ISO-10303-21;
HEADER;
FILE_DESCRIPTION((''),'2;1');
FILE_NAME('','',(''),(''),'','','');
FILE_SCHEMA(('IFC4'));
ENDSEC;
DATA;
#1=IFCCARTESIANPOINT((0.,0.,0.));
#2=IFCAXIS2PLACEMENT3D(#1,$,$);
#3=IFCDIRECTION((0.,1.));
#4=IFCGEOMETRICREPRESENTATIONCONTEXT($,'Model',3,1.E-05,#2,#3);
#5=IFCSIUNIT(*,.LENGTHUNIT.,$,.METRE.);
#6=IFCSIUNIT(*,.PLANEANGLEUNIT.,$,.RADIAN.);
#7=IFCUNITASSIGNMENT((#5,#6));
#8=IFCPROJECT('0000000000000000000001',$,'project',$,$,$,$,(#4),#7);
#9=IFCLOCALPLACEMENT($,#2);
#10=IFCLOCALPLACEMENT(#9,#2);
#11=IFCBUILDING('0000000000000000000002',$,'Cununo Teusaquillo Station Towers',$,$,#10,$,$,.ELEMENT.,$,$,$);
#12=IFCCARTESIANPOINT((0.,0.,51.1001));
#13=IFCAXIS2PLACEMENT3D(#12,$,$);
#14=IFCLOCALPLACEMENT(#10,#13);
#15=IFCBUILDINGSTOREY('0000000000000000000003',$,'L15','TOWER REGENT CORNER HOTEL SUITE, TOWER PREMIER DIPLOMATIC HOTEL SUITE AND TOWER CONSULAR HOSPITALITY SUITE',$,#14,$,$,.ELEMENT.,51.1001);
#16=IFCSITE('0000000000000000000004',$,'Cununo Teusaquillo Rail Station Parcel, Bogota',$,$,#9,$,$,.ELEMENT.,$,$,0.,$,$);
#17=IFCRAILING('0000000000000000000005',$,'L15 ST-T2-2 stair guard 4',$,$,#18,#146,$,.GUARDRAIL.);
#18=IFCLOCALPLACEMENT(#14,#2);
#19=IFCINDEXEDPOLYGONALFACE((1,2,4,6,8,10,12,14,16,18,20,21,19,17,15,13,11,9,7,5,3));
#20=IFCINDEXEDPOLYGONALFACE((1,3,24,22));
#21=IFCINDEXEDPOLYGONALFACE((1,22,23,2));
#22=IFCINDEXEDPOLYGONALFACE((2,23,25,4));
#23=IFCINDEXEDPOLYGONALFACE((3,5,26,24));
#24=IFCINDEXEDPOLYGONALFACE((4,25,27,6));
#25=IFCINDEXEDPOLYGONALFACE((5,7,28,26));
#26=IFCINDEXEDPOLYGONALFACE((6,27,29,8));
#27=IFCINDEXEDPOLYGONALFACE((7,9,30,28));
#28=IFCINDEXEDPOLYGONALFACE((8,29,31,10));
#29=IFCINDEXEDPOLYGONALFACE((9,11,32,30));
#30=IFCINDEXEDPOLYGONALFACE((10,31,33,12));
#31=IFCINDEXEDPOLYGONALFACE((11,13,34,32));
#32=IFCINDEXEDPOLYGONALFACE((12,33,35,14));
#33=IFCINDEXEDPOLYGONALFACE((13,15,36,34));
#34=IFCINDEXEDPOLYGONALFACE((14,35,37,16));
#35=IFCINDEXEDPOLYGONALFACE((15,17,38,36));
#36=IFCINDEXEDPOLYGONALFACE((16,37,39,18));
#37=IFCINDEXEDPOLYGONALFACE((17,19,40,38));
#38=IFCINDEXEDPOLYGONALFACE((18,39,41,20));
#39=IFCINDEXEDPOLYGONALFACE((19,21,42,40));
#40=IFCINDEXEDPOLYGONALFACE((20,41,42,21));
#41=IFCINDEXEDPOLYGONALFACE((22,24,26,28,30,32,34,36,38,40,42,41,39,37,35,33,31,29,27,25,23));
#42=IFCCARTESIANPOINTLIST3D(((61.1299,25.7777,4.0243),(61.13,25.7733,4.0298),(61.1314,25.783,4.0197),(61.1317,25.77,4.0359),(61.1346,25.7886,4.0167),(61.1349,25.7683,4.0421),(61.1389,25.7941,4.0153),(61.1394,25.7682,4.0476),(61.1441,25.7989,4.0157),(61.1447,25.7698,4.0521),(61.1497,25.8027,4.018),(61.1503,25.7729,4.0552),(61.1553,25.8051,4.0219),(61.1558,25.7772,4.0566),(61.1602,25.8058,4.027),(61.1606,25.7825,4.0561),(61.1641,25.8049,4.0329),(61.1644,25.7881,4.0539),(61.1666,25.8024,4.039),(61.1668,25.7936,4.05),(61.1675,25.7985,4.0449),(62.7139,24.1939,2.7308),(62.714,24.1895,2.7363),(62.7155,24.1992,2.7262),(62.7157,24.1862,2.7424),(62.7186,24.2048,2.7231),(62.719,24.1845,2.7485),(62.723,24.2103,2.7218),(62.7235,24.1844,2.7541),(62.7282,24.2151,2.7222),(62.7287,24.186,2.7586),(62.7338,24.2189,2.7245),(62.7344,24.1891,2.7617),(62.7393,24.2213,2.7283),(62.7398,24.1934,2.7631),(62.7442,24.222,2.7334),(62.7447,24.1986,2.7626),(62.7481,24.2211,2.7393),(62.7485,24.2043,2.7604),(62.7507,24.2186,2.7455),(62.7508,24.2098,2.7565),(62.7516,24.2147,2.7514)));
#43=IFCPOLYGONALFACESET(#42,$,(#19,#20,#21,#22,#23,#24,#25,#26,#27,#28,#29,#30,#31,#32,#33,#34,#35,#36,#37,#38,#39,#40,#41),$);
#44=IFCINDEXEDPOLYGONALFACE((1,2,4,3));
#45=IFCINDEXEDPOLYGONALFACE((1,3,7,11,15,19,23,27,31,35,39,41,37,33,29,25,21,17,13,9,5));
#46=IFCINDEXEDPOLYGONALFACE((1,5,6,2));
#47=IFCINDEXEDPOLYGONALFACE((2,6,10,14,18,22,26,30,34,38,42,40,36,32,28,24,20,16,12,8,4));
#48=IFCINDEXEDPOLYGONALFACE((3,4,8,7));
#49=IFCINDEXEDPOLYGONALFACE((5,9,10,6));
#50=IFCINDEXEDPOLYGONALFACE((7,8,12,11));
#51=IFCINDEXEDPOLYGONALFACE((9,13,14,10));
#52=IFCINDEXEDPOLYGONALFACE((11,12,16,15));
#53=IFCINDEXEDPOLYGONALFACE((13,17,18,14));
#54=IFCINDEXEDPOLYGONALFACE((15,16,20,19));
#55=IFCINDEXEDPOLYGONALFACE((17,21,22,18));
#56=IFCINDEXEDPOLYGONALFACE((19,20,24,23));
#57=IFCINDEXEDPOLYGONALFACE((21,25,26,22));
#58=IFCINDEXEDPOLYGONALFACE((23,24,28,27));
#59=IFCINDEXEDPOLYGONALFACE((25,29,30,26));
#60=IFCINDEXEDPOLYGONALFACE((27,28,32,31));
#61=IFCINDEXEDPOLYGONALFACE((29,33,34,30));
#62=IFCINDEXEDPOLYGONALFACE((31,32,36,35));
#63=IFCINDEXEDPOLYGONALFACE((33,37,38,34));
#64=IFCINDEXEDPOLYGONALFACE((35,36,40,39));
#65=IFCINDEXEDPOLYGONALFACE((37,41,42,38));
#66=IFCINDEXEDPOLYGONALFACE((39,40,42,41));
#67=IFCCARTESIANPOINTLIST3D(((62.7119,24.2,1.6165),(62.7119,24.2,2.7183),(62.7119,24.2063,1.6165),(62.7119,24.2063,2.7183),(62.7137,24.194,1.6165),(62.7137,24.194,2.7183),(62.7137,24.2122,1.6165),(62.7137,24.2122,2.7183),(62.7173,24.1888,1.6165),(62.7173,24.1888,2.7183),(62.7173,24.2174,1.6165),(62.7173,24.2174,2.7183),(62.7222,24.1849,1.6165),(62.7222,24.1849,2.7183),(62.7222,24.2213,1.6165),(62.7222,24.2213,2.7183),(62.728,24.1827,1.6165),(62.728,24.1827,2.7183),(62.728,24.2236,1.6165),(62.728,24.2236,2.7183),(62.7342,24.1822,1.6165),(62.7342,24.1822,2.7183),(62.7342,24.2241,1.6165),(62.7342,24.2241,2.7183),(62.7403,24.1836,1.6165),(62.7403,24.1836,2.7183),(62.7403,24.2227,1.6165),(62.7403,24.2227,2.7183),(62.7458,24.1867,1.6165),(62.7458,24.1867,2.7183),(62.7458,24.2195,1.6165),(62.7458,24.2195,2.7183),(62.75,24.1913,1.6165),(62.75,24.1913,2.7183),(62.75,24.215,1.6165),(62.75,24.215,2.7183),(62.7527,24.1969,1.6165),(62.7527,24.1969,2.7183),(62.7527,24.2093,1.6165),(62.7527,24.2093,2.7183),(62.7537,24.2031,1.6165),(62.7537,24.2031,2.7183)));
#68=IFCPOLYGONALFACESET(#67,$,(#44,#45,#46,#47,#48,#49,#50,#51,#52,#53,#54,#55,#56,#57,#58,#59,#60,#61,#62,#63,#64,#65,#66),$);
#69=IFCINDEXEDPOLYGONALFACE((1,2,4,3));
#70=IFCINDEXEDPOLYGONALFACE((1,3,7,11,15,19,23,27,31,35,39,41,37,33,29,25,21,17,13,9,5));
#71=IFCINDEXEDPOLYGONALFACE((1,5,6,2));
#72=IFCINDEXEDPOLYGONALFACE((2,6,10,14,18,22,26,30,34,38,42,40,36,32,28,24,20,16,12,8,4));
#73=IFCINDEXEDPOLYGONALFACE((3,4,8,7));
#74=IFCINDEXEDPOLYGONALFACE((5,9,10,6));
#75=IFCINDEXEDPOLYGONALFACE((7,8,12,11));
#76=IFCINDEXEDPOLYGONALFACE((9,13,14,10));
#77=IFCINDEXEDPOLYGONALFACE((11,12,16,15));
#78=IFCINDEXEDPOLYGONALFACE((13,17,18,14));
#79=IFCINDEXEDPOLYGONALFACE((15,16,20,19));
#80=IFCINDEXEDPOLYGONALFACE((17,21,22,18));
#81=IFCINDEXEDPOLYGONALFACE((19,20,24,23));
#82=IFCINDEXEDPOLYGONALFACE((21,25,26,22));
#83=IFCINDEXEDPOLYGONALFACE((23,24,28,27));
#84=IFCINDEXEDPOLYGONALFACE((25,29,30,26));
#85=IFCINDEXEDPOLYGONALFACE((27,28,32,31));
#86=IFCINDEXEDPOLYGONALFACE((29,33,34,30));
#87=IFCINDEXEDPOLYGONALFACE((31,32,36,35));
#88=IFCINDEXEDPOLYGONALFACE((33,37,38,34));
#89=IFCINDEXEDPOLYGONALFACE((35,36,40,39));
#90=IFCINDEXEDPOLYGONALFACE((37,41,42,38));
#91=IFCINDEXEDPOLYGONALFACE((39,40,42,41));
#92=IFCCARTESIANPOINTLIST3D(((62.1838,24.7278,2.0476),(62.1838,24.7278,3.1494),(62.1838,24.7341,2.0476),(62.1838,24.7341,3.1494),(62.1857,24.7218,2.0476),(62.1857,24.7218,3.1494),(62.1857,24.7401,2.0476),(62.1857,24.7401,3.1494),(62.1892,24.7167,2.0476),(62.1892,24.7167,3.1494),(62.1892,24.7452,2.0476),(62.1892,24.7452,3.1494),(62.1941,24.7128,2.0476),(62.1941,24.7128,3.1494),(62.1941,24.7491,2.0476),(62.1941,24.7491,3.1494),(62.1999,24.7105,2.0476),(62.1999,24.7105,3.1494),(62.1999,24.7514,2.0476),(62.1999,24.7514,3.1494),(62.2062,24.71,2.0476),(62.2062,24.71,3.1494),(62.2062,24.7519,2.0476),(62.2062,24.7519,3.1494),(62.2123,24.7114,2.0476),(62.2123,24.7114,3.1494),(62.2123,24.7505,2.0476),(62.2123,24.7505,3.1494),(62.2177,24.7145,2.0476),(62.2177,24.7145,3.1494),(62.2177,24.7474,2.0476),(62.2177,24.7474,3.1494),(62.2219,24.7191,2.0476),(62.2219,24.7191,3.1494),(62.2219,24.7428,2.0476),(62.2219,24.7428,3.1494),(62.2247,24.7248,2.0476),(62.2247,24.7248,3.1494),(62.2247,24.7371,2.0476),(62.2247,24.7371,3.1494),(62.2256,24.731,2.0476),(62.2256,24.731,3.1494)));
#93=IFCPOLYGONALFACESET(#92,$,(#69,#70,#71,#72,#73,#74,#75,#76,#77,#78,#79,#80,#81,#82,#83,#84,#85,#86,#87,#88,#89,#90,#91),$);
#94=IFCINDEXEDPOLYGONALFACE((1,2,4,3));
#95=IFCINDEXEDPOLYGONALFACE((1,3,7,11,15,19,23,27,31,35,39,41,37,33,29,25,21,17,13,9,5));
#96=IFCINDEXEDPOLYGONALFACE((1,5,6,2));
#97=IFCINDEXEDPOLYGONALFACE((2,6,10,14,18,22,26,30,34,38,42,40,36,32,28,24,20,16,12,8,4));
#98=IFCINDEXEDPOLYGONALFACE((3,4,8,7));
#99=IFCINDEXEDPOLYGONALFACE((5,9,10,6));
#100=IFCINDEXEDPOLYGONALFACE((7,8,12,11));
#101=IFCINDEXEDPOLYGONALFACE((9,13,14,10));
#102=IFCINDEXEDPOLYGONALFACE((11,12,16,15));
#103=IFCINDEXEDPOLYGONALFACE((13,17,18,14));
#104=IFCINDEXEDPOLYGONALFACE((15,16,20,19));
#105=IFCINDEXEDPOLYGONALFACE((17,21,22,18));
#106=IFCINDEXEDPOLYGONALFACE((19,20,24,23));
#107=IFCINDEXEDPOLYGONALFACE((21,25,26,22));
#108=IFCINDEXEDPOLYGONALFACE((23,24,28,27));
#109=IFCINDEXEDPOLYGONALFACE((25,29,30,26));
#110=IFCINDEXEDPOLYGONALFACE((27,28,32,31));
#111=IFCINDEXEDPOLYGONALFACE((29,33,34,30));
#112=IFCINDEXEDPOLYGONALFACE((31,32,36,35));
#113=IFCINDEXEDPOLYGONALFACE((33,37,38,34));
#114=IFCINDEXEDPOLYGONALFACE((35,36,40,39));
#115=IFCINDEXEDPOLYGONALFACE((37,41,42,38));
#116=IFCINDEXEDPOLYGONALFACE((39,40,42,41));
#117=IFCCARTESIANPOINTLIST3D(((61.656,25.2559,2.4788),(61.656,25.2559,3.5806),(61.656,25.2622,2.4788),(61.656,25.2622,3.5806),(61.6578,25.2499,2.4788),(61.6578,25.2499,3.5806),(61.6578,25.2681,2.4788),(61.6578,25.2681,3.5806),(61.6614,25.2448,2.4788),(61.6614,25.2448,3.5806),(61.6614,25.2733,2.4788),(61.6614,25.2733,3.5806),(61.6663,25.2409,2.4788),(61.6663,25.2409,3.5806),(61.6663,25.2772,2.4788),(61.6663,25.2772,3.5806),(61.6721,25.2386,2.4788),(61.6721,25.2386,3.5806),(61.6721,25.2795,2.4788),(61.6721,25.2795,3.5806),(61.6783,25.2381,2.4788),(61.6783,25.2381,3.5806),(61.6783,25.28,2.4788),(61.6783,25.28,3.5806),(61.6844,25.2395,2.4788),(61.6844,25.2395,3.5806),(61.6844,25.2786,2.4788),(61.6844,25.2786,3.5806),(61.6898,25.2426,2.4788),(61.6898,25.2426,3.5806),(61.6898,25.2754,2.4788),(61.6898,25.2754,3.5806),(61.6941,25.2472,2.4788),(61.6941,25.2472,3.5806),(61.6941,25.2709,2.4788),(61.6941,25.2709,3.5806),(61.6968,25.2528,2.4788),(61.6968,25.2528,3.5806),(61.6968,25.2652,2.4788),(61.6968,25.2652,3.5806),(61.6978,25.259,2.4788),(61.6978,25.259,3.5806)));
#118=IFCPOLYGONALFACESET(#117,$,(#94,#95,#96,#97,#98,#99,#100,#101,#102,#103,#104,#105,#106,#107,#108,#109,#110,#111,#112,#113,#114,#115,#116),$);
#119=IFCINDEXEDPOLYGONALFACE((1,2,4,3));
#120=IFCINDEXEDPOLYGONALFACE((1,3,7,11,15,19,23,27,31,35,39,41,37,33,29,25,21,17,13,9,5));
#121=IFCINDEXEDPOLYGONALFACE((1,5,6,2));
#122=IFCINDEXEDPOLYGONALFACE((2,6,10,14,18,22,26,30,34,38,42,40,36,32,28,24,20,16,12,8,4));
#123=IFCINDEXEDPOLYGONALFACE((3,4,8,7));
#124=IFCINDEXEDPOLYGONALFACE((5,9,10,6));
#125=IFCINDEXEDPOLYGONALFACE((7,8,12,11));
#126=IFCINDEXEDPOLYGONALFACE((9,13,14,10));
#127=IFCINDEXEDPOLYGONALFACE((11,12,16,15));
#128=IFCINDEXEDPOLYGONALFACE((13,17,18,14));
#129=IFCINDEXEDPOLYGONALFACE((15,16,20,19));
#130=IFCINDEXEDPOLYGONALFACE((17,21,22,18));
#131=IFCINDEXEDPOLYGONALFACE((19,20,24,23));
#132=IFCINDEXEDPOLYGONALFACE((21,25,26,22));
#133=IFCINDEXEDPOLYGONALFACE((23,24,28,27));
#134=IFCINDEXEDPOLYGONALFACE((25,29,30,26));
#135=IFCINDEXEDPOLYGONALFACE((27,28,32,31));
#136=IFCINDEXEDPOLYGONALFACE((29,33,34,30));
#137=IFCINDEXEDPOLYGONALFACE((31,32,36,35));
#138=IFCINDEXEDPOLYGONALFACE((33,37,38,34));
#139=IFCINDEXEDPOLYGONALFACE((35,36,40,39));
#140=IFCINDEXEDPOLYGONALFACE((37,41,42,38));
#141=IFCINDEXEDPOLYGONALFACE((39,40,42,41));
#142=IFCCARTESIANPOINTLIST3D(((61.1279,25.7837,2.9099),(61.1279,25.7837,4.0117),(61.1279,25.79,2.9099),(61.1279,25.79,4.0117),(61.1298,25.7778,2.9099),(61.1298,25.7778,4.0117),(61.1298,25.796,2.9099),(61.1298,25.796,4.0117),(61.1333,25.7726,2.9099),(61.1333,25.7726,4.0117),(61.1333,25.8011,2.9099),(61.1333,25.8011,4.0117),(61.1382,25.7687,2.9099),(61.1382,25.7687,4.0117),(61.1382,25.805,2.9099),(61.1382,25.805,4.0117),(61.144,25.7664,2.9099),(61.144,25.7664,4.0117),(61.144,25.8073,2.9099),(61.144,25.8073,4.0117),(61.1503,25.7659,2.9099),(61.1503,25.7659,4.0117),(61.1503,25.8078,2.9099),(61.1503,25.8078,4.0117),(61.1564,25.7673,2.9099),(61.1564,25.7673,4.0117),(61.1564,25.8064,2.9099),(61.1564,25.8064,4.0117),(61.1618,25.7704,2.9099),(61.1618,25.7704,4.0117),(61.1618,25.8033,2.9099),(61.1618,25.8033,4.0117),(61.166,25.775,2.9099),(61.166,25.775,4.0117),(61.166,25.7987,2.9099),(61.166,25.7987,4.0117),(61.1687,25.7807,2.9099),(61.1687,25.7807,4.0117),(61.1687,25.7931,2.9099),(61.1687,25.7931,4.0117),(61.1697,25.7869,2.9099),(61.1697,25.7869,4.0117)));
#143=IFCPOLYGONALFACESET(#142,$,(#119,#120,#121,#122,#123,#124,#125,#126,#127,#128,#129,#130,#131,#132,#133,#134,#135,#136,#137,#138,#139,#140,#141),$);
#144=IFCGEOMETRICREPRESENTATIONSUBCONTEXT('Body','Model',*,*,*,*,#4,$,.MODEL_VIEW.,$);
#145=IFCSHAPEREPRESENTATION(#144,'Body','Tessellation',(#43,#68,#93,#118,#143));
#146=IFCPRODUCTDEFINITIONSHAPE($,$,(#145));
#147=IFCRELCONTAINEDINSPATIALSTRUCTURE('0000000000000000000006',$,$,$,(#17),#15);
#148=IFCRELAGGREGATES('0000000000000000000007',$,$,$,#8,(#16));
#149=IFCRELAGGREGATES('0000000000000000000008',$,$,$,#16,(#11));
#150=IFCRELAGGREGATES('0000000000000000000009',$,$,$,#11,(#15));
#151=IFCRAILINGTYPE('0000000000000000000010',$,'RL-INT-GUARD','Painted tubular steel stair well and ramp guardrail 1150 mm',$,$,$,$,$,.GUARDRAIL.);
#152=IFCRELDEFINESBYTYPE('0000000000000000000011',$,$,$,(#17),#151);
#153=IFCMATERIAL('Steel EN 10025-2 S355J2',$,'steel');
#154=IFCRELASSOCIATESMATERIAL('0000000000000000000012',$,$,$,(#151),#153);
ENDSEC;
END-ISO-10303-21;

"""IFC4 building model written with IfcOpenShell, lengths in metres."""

from ifc_helpers import new_model, si_unit, direction, frame, origin, origin_2d, place, context, subcontext, project, spatial, circle, extrude, material, type_object, element, save


model = new_model("IFC4")

# Units and contexts
model_context = context("Model", 3, precision=1e-05, world=origin(), true_north=direction((0.0, 1.0)))
body_context = subcontext(model_context, "Body", "Model", "MODEL_VIEW")
ifc_project = project(units=[si_unit("LENGTHUNIT", "METRE"), si_unit("PLANEANGLEUNIT", "RADIAN")], contexts=[model_context])

# Site, building, storey
site_placement = place(None, origin())
site = spatial("IfcSite", under=ifc_project, at=site_placement, Name="Cununo Teusaquillo Rail Station Parcel, Bogota", CompositionType="ELEMENT", RefElevation=0.0)
building_placement = place(site_placement, origin())
building = spatial("IfcBuilding", under=site, at=building_placement, Name="Cununo Teusaquillo Station Towers", CompositionType="ELEMENT")
storey_placement = place(building_placement, frame((0.0, 0.0, 51.1001)))
storey = spatial("IfcBuildingStorey", under=building, at=storey_placement, Name="L15", Description="TOWER REGENT CORNER HOTEL SUITE, TOWER PREMIER DIPLOMATIC HOTEL SUITE AND TOWER CONSULAR HOSPITALITY SUITE", CompositionType="ELEMENT", Elevation=51.1001)

# Railing
ifc_material_1 = material(Name="Steel EN 10025-2 S355J2", Category="steel")
railing_type_1 = type_object("IfcRailingType", Name="RL-INT-GUARD", Description="Painted tubular steel stair well and ramp guardrail 1150 mm", PredefinedType="GUARDRAIL", material=ifc_material_1)
railing_1_placement = place(storey_placement, frame((62.7327, 24.2031, 1.6165)))
element("IfcRailing", 1, at=railing_1_placement, inside=storey, type_object=railing_type_1, Name="L15 ST-T2-2 stair guard 4", PredefinedType="GUARDRAIL", context=body_context, shape_type="SweptSolid", body=[
    extrude(circle(Radius=0.0239, at=origin_2d()), frame((0.0, 0.0, 1.126), z_axis=(-0.612391, 0.612297, 0.500069), x_axis=(-0.707052, -0.707161, 0.0)), (0.0, 0.0, 1.0), 2.5867),
    extrude(circle(Radius=0.021, at=origin_2d()), origin(), (0.0, 0.0, 1.0), 1.1018),
    extrude(circle(Radius=0.021, at=origin_2d()), frame((-0.5281, 0.5278, 0.4312)), (0.0, 0.0, 1.0), 1.1018),
    extrude(circle(Radius=0.021, at=origin_2d()), frame((-1.0559, 1.0559, 0.8623)), (0.0, 0.0, 1.0), 1.1018),
    extrude(circle(Radius=0.021, at=origin_2d()), frame((-1.584, 1.5837, 1.2935)), (0.0, 0.0, 1.0), 1.1018),
])

save(model, "model.ifc")
